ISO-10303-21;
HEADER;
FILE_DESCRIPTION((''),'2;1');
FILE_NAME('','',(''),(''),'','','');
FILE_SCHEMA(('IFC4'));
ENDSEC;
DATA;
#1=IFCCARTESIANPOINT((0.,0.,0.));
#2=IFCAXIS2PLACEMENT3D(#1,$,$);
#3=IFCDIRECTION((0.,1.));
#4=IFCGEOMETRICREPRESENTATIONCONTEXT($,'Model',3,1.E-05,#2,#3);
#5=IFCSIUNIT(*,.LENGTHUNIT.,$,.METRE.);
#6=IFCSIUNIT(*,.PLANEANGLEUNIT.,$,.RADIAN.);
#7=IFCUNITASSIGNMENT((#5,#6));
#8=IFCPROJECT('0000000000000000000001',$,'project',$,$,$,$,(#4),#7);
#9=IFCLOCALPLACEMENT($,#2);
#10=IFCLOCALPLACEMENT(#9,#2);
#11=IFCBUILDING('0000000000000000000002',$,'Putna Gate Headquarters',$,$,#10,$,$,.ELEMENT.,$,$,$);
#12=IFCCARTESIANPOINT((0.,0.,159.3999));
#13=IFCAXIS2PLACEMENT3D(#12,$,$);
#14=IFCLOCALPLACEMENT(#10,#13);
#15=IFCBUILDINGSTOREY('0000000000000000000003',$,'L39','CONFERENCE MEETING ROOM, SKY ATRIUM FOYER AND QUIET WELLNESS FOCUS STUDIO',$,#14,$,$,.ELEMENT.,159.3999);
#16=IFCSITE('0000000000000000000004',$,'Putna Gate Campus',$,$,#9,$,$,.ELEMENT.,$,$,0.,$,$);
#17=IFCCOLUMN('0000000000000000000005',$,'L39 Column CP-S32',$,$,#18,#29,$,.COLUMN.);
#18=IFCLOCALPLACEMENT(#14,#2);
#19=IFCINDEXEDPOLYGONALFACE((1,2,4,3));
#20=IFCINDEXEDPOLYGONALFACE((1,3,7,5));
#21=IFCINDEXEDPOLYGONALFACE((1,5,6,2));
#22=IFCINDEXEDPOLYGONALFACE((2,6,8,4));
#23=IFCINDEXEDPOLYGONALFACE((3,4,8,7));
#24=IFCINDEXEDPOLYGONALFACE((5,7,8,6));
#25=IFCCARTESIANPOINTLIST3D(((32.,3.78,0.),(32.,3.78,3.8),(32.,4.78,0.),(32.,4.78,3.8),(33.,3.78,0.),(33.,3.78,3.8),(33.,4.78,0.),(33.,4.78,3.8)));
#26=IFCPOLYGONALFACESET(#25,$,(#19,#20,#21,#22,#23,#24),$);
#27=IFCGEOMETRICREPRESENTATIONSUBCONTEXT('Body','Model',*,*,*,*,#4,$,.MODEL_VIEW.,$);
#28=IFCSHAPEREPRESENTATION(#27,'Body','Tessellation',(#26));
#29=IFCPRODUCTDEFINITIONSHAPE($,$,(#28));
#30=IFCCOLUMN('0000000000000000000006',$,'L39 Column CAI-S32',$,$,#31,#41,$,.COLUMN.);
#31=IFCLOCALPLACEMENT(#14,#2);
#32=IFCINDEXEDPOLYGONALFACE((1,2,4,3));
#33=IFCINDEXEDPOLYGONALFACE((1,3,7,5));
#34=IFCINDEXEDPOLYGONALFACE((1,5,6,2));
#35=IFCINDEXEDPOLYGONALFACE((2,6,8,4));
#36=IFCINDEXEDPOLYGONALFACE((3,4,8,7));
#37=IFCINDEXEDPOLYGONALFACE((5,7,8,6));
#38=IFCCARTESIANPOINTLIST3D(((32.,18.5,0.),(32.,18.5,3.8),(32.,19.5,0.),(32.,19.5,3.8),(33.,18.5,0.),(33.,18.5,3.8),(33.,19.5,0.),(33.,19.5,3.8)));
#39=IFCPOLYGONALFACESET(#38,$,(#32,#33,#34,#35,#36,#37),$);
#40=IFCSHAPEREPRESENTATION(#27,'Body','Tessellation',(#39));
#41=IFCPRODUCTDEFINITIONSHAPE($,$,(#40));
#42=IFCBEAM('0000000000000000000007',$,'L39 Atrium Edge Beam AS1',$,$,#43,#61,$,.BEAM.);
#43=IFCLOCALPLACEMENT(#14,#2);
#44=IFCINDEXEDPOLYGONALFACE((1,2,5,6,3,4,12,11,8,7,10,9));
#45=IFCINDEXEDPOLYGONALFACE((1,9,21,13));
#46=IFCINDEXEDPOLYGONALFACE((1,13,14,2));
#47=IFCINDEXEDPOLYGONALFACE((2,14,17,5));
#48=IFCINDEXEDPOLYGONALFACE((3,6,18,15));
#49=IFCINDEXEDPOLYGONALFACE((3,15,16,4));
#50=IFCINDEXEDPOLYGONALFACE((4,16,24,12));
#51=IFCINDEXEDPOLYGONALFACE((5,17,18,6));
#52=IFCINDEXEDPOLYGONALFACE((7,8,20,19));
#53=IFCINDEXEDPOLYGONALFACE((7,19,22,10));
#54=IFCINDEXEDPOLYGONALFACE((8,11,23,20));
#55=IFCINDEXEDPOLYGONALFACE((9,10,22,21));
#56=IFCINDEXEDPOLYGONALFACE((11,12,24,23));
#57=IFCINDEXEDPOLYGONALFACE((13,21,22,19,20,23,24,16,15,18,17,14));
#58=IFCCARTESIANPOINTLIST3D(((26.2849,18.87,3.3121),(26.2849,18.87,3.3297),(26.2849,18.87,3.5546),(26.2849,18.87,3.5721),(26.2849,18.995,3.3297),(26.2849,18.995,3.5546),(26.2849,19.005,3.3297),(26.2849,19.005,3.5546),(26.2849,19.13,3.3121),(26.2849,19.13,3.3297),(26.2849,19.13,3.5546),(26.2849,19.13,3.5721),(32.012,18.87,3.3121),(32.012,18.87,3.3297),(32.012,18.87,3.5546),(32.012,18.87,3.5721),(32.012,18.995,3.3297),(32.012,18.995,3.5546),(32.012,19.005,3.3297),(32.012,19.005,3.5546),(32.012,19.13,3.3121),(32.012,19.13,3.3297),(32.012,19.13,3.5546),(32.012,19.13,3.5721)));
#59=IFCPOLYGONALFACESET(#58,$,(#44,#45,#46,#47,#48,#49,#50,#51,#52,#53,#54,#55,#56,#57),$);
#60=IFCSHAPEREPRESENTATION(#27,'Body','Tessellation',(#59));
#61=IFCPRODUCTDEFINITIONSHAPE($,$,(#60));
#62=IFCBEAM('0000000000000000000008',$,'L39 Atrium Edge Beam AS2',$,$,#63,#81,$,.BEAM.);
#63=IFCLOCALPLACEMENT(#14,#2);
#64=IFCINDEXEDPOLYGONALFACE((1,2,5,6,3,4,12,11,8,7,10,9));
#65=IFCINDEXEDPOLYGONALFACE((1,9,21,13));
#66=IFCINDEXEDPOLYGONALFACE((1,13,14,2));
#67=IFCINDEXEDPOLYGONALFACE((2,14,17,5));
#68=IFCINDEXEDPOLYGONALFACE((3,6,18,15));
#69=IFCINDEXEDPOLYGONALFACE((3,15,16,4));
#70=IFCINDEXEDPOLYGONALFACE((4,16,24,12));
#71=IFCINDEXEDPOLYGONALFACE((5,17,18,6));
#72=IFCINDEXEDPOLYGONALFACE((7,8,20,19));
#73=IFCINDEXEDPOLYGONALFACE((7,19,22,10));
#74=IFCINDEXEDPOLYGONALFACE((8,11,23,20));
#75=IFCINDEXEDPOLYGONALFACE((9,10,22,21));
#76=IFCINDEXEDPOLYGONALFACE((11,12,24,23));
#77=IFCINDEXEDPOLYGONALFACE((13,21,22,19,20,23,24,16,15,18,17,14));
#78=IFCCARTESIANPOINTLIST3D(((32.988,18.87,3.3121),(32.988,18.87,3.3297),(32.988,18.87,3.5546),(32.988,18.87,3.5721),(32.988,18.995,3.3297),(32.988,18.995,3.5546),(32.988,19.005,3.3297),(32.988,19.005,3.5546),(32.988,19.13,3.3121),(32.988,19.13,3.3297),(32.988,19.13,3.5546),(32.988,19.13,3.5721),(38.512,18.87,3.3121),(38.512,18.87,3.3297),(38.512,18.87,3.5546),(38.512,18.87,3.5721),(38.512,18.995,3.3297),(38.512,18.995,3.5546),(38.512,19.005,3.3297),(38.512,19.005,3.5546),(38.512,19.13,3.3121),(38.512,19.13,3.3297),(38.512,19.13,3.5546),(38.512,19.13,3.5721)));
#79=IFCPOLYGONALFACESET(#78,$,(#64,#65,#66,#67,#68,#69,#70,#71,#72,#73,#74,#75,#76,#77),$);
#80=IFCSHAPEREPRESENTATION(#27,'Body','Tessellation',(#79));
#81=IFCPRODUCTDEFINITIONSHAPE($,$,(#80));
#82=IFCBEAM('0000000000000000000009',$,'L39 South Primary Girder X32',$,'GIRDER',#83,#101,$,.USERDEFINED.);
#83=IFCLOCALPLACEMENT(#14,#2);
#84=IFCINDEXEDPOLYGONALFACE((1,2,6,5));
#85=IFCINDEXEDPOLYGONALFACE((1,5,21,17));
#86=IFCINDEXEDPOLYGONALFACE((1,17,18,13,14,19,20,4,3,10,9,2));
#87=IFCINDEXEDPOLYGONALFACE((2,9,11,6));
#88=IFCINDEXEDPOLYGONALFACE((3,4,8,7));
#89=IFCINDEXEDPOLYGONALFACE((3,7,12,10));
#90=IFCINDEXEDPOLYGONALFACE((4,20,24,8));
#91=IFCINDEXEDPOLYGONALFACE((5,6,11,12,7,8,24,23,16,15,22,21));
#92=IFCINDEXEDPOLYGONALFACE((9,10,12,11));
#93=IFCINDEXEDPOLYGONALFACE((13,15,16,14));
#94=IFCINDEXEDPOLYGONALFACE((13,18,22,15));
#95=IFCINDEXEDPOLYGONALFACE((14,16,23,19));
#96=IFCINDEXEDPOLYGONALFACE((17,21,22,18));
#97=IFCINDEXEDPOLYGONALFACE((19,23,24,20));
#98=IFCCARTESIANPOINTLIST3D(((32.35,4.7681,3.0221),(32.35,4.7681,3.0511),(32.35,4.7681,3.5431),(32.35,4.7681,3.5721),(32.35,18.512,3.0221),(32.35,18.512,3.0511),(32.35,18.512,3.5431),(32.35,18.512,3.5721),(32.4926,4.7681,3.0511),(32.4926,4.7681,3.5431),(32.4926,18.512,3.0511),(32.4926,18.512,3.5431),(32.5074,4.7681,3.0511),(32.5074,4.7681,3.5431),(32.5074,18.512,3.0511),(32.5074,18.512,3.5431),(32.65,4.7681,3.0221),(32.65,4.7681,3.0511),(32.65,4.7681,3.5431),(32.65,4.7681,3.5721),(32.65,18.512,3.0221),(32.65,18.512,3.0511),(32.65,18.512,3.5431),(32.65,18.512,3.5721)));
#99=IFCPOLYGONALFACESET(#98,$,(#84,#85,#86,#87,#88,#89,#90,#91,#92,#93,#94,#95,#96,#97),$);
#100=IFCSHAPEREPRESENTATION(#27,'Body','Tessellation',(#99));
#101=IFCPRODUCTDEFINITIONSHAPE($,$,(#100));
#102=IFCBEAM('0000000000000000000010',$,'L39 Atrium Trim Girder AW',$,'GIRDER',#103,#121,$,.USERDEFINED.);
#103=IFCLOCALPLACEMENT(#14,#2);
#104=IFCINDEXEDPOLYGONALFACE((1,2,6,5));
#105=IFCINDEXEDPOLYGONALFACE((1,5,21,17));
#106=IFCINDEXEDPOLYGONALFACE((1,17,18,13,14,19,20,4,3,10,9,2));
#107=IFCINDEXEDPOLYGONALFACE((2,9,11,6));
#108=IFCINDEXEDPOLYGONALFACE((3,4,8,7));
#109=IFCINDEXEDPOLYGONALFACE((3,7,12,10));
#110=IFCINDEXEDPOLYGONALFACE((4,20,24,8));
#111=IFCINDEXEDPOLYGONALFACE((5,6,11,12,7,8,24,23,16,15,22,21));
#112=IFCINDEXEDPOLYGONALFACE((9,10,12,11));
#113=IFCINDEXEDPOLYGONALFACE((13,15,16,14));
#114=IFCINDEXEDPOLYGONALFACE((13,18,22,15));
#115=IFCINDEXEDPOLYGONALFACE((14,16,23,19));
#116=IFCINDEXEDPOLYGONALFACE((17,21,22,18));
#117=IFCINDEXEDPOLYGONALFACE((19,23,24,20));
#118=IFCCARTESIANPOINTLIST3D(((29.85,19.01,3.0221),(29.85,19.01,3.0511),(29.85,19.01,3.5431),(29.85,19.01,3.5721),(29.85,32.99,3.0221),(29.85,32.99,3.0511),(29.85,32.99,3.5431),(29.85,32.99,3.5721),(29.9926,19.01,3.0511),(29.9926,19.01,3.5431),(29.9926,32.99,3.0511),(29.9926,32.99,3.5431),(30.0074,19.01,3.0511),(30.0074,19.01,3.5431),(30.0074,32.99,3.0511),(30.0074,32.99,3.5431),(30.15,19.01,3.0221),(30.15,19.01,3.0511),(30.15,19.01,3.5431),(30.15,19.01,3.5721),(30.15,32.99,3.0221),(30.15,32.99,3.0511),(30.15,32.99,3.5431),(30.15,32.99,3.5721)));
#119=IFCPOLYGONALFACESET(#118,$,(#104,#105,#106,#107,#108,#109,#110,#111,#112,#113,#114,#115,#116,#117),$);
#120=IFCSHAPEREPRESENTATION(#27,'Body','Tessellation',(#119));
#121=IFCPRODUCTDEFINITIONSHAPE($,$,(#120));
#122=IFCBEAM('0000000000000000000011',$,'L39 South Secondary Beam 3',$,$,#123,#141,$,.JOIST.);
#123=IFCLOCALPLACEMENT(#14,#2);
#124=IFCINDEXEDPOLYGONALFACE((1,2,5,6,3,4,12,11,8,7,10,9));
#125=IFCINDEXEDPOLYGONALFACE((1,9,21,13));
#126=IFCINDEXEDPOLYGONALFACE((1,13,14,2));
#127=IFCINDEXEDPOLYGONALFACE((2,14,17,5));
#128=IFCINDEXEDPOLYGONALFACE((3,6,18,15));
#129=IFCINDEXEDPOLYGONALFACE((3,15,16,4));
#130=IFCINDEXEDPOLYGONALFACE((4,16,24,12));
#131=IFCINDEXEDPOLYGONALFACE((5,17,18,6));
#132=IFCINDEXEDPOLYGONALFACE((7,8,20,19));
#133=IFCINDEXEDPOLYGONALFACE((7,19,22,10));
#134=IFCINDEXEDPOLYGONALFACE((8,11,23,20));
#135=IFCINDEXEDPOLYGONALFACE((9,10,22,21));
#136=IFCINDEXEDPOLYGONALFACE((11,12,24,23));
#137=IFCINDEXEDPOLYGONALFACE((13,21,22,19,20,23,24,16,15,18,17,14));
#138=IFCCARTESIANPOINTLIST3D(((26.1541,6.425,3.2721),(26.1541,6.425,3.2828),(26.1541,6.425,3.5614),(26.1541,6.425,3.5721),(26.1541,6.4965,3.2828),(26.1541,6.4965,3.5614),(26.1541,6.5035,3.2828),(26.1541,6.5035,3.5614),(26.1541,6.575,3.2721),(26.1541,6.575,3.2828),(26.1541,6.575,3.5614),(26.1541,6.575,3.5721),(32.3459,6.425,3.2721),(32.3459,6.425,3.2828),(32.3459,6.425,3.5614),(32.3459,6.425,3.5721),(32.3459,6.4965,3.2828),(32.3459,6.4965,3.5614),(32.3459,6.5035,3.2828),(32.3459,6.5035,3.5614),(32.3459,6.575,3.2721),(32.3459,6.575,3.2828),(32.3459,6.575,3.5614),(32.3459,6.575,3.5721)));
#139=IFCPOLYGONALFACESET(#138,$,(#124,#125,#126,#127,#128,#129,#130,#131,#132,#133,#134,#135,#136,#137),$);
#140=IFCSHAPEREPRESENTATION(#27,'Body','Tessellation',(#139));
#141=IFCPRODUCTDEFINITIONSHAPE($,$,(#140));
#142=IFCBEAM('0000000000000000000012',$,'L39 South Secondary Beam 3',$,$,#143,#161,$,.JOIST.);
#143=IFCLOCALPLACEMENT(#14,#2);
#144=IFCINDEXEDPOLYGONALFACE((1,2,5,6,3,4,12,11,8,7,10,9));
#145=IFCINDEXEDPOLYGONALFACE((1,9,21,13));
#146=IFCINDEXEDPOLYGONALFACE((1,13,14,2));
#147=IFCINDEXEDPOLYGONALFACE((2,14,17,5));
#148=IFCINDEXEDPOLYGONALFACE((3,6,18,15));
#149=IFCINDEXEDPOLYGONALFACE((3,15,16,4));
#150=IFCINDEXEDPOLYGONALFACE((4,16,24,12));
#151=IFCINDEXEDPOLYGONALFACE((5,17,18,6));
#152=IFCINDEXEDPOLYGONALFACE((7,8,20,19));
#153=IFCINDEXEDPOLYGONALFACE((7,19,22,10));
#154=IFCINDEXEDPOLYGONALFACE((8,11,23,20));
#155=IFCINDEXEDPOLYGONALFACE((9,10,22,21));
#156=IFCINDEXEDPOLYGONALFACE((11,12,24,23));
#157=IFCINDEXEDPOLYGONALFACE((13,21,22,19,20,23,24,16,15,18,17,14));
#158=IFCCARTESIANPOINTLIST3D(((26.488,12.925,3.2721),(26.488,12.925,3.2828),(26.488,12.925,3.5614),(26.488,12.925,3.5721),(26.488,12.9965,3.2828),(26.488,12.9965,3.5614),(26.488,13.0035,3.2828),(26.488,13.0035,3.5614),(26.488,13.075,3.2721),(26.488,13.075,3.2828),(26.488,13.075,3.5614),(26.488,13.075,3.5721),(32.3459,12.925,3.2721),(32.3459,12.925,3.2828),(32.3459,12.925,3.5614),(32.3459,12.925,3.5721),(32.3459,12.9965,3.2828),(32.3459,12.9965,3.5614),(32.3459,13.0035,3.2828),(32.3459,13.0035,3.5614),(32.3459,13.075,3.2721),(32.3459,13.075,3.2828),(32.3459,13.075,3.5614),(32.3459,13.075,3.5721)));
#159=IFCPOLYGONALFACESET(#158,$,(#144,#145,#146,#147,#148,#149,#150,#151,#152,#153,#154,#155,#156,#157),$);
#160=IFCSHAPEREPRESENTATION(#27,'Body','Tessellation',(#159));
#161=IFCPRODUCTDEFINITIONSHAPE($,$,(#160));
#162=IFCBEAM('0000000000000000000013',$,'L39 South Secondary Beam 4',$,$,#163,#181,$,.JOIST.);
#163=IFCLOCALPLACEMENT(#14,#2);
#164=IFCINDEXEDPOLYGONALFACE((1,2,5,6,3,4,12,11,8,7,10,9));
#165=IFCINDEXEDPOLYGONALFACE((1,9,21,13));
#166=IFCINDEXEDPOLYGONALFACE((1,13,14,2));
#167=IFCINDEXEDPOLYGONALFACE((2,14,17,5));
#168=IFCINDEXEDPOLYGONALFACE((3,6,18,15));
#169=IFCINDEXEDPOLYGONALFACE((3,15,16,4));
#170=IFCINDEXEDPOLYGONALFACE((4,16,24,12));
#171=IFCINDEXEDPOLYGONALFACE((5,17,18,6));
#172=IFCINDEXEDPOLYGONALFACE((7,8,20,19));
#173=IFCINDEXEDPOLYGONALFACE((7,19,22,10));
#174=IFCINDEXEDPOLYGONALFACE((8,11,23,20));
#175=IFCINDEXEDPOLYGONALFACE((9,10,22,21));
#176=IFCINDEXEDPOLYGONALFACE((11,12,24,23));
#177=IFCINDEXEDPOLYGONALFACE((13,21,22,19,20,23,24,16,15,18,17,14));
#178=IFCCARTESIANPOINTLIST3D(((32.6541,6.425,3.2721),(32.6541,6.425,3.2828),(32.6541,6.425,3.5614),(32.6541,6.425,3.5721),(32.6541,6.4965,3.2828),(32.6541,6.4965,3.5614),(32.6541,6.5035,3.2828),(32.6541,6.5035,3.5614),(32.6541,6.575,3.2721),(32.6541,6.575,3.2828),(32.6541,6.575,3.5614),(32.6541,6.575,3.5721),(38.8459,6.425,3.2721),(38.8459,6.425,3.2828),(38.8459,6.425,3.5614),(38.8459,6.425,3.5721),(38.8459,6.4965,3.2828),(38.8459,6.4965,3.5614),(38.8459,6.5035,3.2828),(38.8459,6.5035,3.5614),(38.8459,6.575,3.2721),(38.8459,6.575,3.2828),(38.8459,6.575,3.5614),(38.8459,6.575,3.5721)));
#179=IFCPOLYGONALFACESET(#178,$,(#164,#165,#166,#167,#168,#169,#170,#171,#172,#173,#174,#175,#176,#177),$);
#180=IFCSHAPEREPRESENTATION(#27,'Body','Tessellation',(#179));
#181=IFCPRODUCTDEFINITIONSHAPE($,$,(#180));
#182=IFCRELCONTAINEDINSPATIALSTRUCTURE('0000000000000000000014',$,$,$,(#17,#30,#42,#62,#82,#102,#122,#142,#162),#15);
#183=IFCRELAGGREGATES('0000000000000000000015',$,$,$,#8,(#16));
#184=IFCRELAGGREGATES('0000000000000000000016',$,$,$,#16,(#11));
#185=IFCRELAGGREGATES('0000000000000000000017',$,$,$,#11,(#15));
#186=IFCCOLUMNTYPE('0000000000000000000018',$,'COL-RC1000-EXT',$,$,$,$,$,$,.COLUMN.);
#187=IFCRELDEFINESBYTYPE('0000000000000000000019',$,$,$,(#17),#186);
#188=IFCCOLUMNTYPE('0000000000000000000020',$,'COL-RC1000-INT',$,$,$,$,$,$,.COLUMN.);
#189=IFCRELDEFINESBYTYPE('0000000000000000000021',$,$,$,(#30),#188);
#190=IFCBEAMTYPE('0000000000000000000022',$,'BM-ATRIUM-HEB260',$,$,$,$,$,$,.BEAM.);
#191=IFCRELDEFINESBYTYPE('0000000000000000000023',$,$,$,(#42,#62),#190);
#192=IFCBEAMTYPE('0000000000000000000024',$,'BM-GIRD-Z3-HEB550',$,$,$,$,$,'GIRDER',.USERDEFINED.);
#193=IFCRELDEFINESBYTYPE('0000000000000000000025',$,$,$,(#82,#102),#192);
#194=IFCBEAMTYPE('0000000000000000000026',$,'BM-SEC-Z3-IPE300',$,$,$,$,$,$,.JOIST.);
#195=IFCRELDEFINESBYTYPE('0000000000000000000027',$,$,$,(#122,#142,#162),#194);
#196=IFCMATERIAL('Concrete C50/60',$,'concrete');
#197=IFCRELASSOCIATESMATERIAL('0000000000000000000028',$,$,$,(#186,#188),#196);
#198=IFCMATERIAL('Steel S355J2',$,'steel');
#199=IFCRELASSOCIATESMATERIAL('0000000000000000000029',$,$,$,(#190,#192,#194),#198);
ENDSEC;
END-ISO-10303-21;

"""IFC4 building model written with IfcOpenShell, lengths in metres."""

from ifc_helpers import new_model, si_unit, direction, frame, origin, origin_2d, place, context, subcontext, project, spatial, rectangle, i_section, extrude, material, material_profile, profile_set, type_object, element, save


model = new_model("IFC4")

# Units and contexts
model_context = context("Model", 3, precision=1e-05, world=origin(), true_north=direction((0.0, 1.0)))
body_context = subcontext(model_context, "Body", "Model", "MODEL_VIEW")
ifc_project = project(units=[si_unit("LENGTHUNIT", "METRE"), si_unit("PLANEANGLEUNIT", "RADIAN")], contexts=[model_context])

# Site, building, storey
site_placement = place(None, origin())
site = spatial("IfcSite", under=ifc_project, at=site_placement, Name="Putna Gate Campus", CompositionType="ELEMENT", RefElevation=0.0)
building_placement = place(site_placement, origin())
building = spatial("IfcBuilding", under=site, at=building_placement, Name="Putna Gate Headquarters", CompositionType="ELEMENT")
storey_placement = place(building_placement, frame((0.0, 0.0, 159.3999)))
storey = spatial("IfcBuildingStorey", under=building, at=storey_placement, Name="L39", Description="CONFERENCE MEETING ROOM, SKY ATRIUM FOYER AND QUIET WELLNESS FOCUS STUDIO", CompositionType="ELEMENT", Elevation=159.3999)

# Columns
ifc_material_1 = material(Name="Concrete C50/60", Category="concrete")
ifc_material_profile_1 = material_profile(ifc_material_1, rectangle(XDim=1.0, YDim=1.0, at=origin_2d()), Name="Concrete C50/60")
ifc_profile_set_1 = profile_set([ifc_material_profile_1], Name="Concrete C50/60")
column_type_1 = type_object("IfcColumnType", Name="COL-RC1000-EXT", PredefinedType="COLUMN", material=ifc_profile_set_1)
column_1_placement = place(storey_placement, frame((32.5, 4.28, 0.0), z_axis=(0.0, 0.0, 1.0), x_axis=(1.0, 0.0, 0.0)))
element("IfcColumn", 1, at=column_1_placement, inside=storey, type_object=column_type_1, Name="L39 Column CP-S32", PredefinedType="COLUMN", context=body_context, shape_type="SweptSolid", body=[
    extrude(rectangle(XDim=1.0, YDim=1.0, at=origin_2d()), origin(), (0.0, 0.0, 1.0), 3.8),
])
ifc_material_profile_2 = material_profile(ifc_material_1, rectangle(XDim=1.0, YDim=1.0, at=origin_2d()), Name="Concrete C50/60")
ifc_profile_set_2 = profile_set([ifc_material_profile_2], Name="Concrete C50/60")
column_type_2 = type_object("IfcColumnType", Name="COL-RC1000-INT", PredefinedType="COLUMN", material=ifc_profile_set_2)
column_2_placement = place(storey_placement, frame((32.5, 19.0, 0.0), z_axis=(0.0, 0.0, 1.0), x_axis=(1.0, 0.0, 0.0)))
element("IfcColumn", 2, at=column_2_placement, inside=storey, type_object=column_type_2, Name="L39 Column CAI-S32", PredefinedType="COLUMN", context=body_context, shape_type="SweptSolid", body=[
    extrude(rectangle(XDim=1.0, YDim=1.0, at=origin_2d()), origin(), (0.0, 0.0, 1.0), 3.8),
])

# Beams
ifc_material_2 = material(Name="Steel S355J2", Category="steel")
ifc_material_profile_3 = material_profile(ifc_material_2, i_section(OverallWidth=0.26, OverallDepth=0.26, WebThickness=0.01, FlangeThickness=0.0176, at=origin_2d()), Name="Steel S355J2")
ifc_profile_set_3 = profile_set([ifc_material_profile_3], Name="Steel S355J2")
beam_type_1 = type_object("IfcBeamType", Name="BM-ATRIUM-HEB260", PredefinedType="BEAM", material=ifc_profile_set_3)
beam_1_placement = place(storey_placement, frame((26.2849, 19.0, 3.4421), z_axis=(1.0, 0.0, 0.0), x_axis=(0.0, 1.0, 0.0)))
element("IfcBeam", 3, at=beam_1_placement, inside=storey, type_object=beam_type_1, Name="L39 Atrium Edge Beam AS1", PredefinedType="BEAM", context=body_context, shape_type="SweptSolid", body=[
    extrude(i_section(OverallWidth=0.26, OverallDepth=0.26, WebThickness=0.01, FlangeThickness=0.0176, at=origin_2d()), origin(), (0.0, 0.0, 1.0), 5.7271),
])
beam_2_placement = place(storey_placement, frame((32.988, 19.0, 3.4421), z_axis=(1.0, 0.0, 0.0), x_axis=(0.0, 1.0, 0.0)))
element("IfcBeam", 4, at=beam_2_placement, inside=storey, type_object=beam_type_1, Name="L39 Atrium Edge Beam AS2", PredefinedType="BEAM", context=body_context, shape_type="SweptSolid", body=[
    extrude(i_section(OverallWidth=0.26, OverallDepth=0.26, WebThickness=0.01, FlangeThickness=0.0176, at=origin_2d()), origin(), (0.0, 0.0, 1.0), 5.5239),
])
ifc_material_profile_4 = material_profile(ifc_material_2, i_section(OverallWidth=0.3, OverallDepth=0.55, WebThickness=0.0149, FlangeThickness=0.0291, at=origin_2d()), Name="Steel S355J2")
ifc_profile_set_4 = profile_set([ifc_material_profile_4], Name="Steel S355J2")
beam_type_2 = type_object("IfcBeamType", Name="BM-GIRD-Z3-HEB550", ElementType="GIRDER", PredefinedType="USERDEFINED", material=ifc_profile_set_4)
beam_3_placement = place(storey_placement, frame((32.5, 4.7681, 3.2971), z_axis=(0.0, 1.0, 0.0), x_axis=(-1.0, 0.0, 0.0)))
element("IfcBeam", 5, at=beam_3_placement, inside=storey, type_object=beam_type_2, Name="L39 South Primary Girder X32", ObjectType="GIRDER", PredefinedType="USERDEFINED", context=body_context, shape_type="SweptSolid", body=[
    extrude(i_section(OverallWidth=0.3, OverallDepth=0.55, WebThickness=0.0149, FlangeThickness=0.0291, at=origin_2d()), origin(), (0.0, 0.0, 1.0), 13.7439),
])
beam_4_placement = place(storey_placement, frame((30.0, 19.01, 3.2971), z_axis=(0.0, 1.0, 0.0), x_axis=(-1.0, 0.0, 0.0)))
element("IfcBeam", 6, at=beam_4_placement, inside=storey, type_object=beam_type_2, Name="L39 Atrium Trim Girder AW", ObjectType="GIRDER", PredefinedType="USERDEFINED", context=body_context, shape_type="SweptSolid", body=[
    extrude(i_section(OverallWidth=0.3, OverallDepth=0.55, WebThickness=0.0149, FlangeThickness=0.0291, at=origin_2d()), origin(), (0.0, 0.0, 1.0), 13.98),
])
ifc_material_profile_5 = material_profile(ifc_material_2, i_section(OverallWidth=0.1499, OverallDepth=0.3, WebThickness=0.0071, FlangeThickness=0.0107, at=origin_2d()), Name="Steel S355J2")
ifc_profile_set_5 = profile_set([ifc_material_profile_5], Name="Steel S355J2")
beam_type_3 = type_object("IfcBeamType", Name="BM-SEC-Z3-IPE300", PredefinedType="JOIST", material=ifc_profile_set_5)
beam_5_placement = place(storey_placement, frame((26.1541, 6.5, 3.4221), z_axis=(1.0, 0.0, 0.0), x_axis=(0.0, 1.0, 0.0)))
element("IfcBeam", 7, at=beam_5_placement, inside=storey, type_object=beam_type_3, Name="L39 South Secondary Beam 3", PredefinedType="JOIST", context=body_context, shape_type="SweptSolid", body=[
    extrude(i_section(OverallWidth=0.1499, OverallDepth=0.3, WebThickness=0.0071, FlangeThickness=0.0107, at=origin_2d()), origin(), (0.0, 0.0, 1.0), 6.1919),
])
beam_6_placement = place(storey_placement, frame((26.488, 13.0, 3.4221), z_axis=(1.0, 0.0, 0.0), x_axis=(0.0, 1.0, 0.0)))
element("IfcBeam", 8, at=beam_6_placement, inside=storey, type_object=beam_type_3, Name="L39 South Secondary Beam 3", PredefinedType="JOIST", context=body_context, shape_type="SweptSolid", body=[
    extrude(i_section(OverallWidth=0.1499, OverallDepth=0.3, WebThickness=0.0071, FlangeThickness=0.0107, at=origin_2d()), origin(), (0.0, 0.0, 1.0), 5.8579),
])
for number, where, z_axis, x_axis, name in (
    (9, (32.6541, 6.5, 3.4221), (1.0, 0.0, 0.0), (0.0, 1.0, 0.0), "L39 South Secondary Beam 4"),
):
    element("IfcBeam", number, at=place(storey_placement, frame(where, z_axis=z_axis, x_axis=x_axis)), inside=storey, type_object=beam_type_3, Name=name, PredefinedType="JOIST", context=body_context, shape_type="SweptSolid", body=[
        extrude(i_section(OverallWidth=0.1499, OverallDepth=0.3, WebThickness=0.0071, FlangeThickness=0.0107, at=origin_2d()), origin(), (0.0, 0.0, 1.0), 6.1919),
    ])

save(model, "model.ifc")
